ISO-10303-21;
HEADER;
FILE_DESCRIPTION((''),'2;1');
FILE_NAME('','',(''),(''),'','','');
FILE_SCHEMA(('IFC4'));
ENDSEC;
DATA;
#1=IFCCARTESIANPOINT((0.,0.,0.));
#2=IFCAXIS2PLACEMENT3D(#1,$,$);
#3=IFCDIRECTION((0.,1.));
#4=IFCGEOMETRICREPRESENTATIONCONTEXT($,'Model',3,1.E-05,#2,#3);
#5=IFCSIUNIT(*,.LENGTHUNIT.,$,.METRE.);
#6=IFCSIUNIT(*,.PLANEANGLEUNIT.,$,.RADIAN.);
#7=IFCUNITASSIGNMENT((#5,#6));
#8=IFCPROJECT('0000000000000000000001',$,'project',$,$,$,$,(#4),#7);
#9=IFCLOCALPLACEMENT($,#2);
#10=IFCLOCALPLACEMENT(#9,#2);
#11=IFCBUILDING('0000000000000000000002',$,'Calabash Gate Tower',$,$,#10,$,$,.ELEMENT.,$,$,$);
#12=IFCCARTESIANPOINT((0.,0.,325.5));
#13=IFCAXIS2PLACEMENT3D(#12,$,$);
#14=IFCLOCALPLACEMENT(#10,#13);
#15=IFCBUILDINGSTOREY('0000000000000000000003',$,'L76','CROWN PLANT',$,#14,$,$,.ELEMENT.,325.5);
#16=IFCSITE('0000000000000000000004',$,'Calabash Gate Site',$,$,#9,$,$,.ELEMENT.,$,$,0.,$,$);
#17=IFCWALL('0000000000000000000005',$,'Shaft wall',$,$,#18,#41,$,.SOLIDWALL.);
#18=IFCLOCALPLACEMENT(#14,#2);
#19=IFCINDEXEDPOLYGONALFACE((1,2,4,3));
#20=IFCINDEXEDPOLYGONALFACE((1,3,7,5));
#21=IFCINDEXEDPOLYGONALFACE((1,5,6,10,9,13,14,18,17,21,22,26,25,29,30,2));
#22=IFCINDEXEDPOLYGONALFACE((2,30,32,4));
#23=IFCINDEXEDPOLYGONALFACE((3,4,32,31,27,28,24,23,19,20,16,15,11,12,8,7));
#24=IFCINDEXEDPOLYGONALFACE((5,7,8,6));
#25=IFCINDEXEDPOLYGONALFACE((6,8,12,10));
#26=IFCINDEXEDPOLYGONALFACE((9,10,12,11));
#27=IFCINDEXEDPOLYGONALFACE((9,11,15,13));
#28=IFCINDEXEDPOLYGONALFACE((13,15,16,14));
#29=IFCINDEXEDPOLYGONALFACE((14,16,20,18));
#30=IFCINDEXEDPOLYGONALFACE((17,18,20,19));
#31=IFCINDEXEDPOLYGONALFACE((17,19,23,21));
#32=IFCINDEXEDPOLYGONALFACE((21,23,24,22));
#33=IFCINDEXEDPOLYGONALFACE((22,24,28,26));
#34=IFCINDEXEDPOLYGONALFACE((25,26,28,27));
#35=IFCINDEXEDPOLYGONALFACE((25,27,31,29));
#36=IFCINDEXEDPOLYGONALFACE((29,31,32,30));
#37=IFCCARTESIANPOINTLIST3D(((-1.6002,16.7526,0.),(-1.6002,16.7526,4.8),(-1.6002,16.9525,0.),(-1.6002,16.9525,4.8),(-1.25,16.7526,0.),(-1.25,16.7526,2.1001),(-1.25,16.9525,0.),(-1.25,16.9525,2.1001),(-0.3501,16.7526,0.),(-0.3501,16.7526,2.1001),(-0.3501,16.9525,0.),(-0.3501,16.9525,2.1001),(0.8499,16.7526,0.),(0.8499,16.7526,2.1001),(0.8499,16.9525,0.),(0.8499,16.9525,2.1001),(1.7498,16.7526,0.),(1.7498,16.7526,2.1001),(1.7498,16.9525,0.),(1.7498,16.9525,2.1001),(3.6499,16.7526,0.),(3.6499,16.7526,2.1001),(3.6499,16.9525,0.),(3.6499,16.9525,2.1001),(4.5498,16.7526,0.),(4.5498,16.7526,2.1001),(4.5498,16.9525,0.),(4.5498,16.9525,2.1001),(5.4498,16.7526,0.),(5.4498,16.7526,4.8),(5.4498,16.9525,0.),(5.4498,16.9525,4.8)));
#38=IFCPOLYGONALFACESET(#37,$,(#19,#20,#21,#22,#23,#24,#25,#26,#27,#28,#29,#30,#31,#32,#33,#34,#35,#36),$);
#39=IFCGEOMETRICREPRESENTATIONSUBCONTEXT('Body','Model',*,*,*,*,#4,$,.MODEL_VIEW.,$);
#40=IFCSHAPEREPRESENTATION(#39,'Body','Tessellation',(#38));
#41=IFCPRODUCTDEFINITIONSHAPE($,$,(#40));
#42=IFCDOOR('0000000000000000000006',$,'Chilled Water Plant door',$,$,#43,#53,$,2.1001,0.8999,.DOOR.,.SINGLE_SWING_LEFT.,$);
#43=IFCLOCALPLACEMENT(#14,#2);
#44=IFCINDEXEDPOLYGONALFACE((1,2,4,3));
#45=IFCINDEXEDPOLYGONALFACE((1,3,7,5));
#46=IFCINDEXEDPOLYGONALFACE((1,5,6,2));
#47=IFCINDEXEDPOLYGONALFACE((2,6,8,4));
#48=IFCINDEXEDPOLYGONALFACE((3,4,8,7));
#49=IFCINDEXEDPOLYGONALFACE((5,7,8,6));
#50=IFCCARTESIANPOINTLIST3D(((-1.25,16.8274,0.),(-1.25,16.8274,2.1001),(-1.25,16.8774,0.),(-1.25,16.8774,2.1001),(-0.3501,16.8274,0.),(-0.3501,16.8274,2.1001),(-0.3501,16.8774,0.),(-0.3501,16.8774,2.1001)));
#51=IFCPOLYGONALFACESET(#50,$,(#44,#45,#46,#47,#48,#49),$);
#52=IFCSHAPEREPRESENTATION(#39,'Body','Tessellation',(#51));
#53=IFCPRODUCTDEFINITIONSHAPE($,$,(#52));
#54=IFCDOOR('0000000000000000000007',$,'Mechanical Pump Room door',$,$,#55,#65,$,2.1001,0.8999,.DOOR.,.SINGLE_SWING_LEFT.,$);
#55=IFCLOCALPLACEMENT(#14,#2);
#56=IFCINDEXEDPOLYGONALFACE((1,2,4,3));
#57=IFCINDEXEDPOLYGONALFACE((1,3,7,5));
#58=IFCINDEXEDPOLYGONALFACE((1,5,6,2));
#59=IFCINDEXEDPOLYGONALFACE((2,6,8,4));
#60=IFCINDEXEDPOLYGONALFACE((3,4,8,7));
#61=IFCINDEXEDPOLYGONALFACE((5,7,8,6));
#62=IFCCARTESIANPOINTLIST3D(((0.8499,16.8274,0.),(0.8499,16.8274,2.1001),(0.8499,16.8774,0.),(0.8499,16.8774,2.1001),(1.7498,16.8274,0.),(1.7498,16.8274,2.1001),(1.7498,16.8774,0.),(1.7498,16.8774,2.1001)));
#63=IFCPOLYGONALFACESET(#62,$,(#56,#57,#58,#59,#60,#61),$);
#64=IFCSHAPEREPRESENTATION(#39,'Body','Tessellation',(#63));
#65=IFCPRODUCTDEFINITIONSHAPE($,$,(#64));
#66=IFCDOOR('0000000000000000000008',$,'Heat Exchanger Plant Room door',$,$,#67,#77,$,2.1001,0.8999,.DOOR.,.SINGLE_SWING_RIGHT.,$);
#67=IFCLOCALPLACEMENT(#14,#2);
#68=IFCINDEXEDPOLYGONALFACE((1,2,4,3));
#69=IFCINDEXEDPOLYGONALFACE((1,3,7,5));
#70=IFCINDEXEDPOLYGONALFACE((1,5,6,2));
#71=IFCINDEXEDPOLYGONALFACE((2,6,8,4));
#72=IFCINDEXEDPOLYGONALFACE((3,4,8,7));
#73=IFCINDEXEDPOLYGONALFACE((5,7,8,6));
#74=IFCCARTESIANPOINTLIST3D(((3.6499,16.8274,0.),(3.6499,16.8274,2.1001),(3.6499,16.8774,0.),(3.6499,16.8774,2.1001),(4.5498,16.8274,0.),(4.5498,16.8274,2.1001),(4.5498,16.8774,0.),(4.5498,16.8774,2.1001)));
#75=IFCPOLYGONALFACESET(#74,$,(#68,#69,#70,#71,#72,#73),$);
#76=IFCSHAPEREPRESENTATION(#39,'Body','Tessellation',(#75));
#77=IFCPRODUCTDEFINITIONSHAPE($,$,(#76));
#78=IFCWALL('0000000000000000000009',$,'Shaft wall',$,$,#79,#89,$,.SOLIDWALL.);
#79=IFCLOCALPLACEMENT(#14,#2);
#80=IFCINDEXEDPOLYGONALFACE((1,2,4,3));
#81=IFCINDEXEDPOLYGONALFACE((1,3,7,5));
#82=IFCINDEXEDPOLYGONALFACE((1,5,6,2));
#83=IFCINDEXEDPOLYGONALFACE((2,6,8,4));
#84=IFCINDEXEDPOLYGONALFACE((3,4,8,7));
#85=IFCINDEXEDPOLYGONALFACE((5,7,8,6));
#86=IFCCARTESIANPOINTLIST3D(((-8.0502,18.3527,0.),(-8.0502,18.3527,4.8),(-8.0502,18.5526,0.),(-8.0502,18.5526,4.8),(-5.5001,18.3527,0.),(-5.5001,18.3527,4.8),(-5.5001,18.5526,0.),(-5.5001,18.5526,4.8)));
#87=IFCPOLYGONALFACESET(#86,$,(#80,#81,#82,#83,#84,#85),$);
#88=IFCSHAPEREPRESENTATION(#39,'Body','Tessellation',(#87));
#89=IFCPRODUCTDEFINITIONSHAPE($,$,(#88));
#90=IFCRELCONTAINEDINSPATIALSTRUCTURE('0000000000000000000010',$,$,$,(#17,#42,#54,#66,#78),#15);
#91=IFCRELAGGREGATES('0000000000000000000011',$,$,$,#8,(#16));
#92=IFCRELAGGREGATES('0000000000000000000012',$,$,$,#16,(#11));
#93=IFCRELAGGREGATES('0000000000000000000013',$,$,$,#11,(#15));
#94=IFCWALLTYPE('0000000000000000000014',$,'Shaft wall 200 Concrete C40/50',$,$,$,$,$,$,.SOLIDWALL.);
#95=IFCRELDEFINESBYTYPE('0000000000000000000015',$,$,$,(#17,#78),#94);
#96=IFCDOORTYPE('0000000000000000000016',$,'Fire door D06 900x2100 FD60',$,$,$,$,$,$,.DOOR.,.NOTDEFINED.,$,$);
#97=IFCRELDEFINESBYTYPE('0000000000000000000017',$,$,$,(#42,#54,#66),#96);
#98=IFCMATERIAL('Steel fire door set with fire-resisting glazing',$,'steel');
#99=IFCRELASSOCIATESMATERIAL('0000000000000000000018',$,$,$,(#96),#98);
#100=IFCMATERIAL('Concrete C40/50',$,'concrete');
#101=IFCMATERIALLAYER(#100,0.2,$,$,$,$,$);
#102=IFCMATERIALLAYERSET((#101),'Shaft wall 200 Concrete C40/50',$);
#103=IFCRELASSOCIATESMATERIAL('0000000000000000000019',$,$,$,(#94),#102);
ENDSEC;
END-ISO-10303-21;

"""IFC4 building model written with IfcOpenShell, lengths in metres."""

from ifc_helpers import new_model, si_unit, direction, frame, frame_2d, origin, place, context, subcontext, project, spatial, rectangle, extrude, material, layer, layer_set, type_object, element, fill, save


model = new_model("IFC4")

# Units and contexts
model_context = context("Model", 3, precision=1e-05, world=origin(), true_north=direction((0.0, 1.0)))
body_context = subcontext(model_context, "Body", "Model", "MODEL_VIEW")
ifc_project = project(units=[si_unit("LENGTHUNIT", "METRE"), si_unit("PLANEANGLEUNIT", "RADIAN")], contexts=[model_context])

# Site, building, storey
site_placement = place(None, origin())
site = spatial("IfcSite", under=ifc_project, at=site_placement, Name="Calabash Gate Site", CompositionType="ELEMENT", RefElevation=0.0)
building_placement = place(site_placement, origin())
building = spatial("IfcBuilding", under=site, at=building_placement, Name="Calabash Gate Tower", CompositionType="ELEMENT")
storey_placement = place(building_placement, frame((0.0, 0.0, 325.5)))
storey = spatial("IfcBuildingStorey", under=building, at=storey_placement, Name="L76", Description="CROWN PLANT", CompositionType="ELEMENT", Elevation=325.5)

# Shared definitions
ifc_material_1 = material(Name="Steel fire door set with fire-resisting glazing", Category="steel")
door_type_1 = type_object("IfcDoorType", Name="Fire door D06 900x2100 FD60", OperationType="NOTDEFINED", PredefinedType="DOOR", material=ifc_material_1)

# Shared definitions
ifc_material_2 = material(Name="Concrete C40/50", Category="concrete")
ifc_layer_1 = layer(ifc_material_2, 0.2)
ifc_layer_set_1 = layer_set([ifc_layer_1], Name="Shaft wall 200 Concrete C40/50")
wall_type_1 = type_object("IfcWallType", Name="Shaft wall 200 Concrete C40/50", PredefinedType="SOLIDWALL", material=ifc_layer_set_1)

# Wall, openings, doors
wall_1_placement = place(storey_placement, frame((-1.6001, 16.8525, 0.0), z_axis=(0.0, 0.0, 1.0), x_axis=(1.0, 0.0, 0.0)))
wall_1 = element("IfcWall", 1, at=wall_1_placement, inside=storey, type_object=wall_type_1, Name="Shaft wall", PredefinedType="SOLIDWALL", context=body_context, shape_type="SweptSolid", body=[
    extrude(rectangle(XDim=7.05, YDim=0.2, at=frame_2d((3.5249, 0.0))), origin(), (0.0, 0.0, 1.0), 4.8),
])
opening_1_placement = place(wall_1_placement, frame((0.3501, 0.0, 0.0)))
opening_1 = element("IfcOpeningElement", 2, at=opening_1_placement, cuts=wall_1, PredefinedType="OPENING", context=body_context, shape_type="SweptSolid", body=[
    extrude(rectangle(XDim=0.8999, YDim=2.1001, at=frame_2d((0.45, 1.05))), frame((0.0, 0.1099, 0.0), z_axis=(0.0, -1.0, 0.0), x_axis=(1.0, 0.0, 0.0)), (0.0, 0.0, 1.0), 0.22),
])
opening_2_placement = place(wall_1_placement, frame((2.45, 0.0, 0.0)))
opening_2 = element("IfcOpeningElement", 3, at=opening_2_placement, cuts=wall_1, PredefinedType="OPENING", context=body_context, shape_type="SweptSolid", body=[
    extrude(rectangle(XDim=0.8999, YDim=2.1001, at=frame_2d((0.45, 1.05))), frame((0.0, 0.1099, 0.0), z_axis=(0.0, -1.0, 0.0), x_axis=(1.0, 0.0, 0.0)), (0.0, 0.0, 1.0), 0.22),
])
opening_3_placement = place(wall_1_placement, frame((5.25, 0.0, 0.0)))
opening_3 = element("IfcOpeningElement", 4, at=opening_3_placement, cuts=wall_1, PredefinedType="OPENING", context=body_context, shape_type="SweptSolid", body=[
    extrude(rectangle(XDim=0.8999, YDim=2.1001, at=frame_2d((0.45, 1.05))), frame((0.0, 0.1099, 0.0), z_axis=(0.0, -1.0, 0.0), x_axis=(1.0, 0.0, 0.0)), (0.0, 0.0, 1.0), 0.22),
])
door_1_placement = place(opening_1_placement, origin())
door_1 = element("IfcDoor", 5, at=door_1_placement, inside=storey, type_object=door_type_1, Name="Chilled Water Plant door", OperationType="SINGLE_SWING_LEFT", OverallHeight=2.1001, OverallWidth=0.8999, PredefinedType="DOOR", context=body_context, shape_type="SweptSolid", body=[
    extrude(rectangle(XDim=0.8999, YDim=2.1001, at=frame_2d((0.45, 1.05))), frame((0.0, 0.0249, 0.0), z_axis=(0.0, -1.0, 0.0), x_axis=(1.0, 0.0, 0.0)), (0.0, 0.0, 1.0), 0.05),
])
fill(opening_1, door_1)
door_2_placement = place(opening_2_placement, origin())
door_2 = element("IfcDoor", 6, at=door_2_placement, inside=storey, type_object=door_type_1, Name="Mechanical Pump Room door", OperationType="SINGLE_SWING_LEFT", OverallHeight=2.1001, OverallWidth=0.8999, PredefinedType="DOOR", context=body_context, shape_type="SweptSolid", body=[
    extrude(rectangle(XDim=0.8999, YDim=2.1001, at=frame_2d((0.45, 1.05))), frame((0.0, 0.0249, 0.0), z_axis=(0.0, -1.0, 0.0), x_axis=(1.0, 0.0, 0.0)), (0.0, 0.0, 1.0), 0.05),
])
fill(opening_2, door_2)
door_3_placement = place(opening_3_placement, origin())
door_3 = element("IfcDoor", 7, at=door_3_placement, inside=storey, type_object=door_type_1, Name="Heat Exchanger Plant Room door", OperationType="SINGLE_SWING_RIGHT", OverallHeight=2.1001, OverallWidth=0.8999, PredefinedType="DOOR", context=body_context, shape_type="SweptSolid", body=[
    extrude(rectangle(XDim=0.8999, YDim=2.1001, at=frame_2d((0.45, 1.05))), frame((0.0, 0.0249, 0.0), z_axis=(0.0, -1.0, 0.0), x_axis=(1.0, 0.0, 0.0)), (0.0, 0.0, 1.0), 0.05),
])
fill(opening_3, door_3)

# Wall
wall_2_placement = place(storey_placement, frame((-8.05, 18.4526, 0.0), z_axis=(0.0, 0.0, 1.0), x_axis=(1.0, 0.0, 0.0)))
element("IfcWall", 8, at=wall_2_placement, inside=storey, type_object=wall_type_1, Name="Shaft wall", PredefinedType="SOLIDWALL", context=body_context, shape_type="SweptSolid", body=[
    extrude(rectangle(XDim=2.55, YDim=0.2, at=frame_2d((1.2749, 0.0))), origin(), (0.0, 0.0, 1.0), 4.8),
])

save(model, "model.ifc")
